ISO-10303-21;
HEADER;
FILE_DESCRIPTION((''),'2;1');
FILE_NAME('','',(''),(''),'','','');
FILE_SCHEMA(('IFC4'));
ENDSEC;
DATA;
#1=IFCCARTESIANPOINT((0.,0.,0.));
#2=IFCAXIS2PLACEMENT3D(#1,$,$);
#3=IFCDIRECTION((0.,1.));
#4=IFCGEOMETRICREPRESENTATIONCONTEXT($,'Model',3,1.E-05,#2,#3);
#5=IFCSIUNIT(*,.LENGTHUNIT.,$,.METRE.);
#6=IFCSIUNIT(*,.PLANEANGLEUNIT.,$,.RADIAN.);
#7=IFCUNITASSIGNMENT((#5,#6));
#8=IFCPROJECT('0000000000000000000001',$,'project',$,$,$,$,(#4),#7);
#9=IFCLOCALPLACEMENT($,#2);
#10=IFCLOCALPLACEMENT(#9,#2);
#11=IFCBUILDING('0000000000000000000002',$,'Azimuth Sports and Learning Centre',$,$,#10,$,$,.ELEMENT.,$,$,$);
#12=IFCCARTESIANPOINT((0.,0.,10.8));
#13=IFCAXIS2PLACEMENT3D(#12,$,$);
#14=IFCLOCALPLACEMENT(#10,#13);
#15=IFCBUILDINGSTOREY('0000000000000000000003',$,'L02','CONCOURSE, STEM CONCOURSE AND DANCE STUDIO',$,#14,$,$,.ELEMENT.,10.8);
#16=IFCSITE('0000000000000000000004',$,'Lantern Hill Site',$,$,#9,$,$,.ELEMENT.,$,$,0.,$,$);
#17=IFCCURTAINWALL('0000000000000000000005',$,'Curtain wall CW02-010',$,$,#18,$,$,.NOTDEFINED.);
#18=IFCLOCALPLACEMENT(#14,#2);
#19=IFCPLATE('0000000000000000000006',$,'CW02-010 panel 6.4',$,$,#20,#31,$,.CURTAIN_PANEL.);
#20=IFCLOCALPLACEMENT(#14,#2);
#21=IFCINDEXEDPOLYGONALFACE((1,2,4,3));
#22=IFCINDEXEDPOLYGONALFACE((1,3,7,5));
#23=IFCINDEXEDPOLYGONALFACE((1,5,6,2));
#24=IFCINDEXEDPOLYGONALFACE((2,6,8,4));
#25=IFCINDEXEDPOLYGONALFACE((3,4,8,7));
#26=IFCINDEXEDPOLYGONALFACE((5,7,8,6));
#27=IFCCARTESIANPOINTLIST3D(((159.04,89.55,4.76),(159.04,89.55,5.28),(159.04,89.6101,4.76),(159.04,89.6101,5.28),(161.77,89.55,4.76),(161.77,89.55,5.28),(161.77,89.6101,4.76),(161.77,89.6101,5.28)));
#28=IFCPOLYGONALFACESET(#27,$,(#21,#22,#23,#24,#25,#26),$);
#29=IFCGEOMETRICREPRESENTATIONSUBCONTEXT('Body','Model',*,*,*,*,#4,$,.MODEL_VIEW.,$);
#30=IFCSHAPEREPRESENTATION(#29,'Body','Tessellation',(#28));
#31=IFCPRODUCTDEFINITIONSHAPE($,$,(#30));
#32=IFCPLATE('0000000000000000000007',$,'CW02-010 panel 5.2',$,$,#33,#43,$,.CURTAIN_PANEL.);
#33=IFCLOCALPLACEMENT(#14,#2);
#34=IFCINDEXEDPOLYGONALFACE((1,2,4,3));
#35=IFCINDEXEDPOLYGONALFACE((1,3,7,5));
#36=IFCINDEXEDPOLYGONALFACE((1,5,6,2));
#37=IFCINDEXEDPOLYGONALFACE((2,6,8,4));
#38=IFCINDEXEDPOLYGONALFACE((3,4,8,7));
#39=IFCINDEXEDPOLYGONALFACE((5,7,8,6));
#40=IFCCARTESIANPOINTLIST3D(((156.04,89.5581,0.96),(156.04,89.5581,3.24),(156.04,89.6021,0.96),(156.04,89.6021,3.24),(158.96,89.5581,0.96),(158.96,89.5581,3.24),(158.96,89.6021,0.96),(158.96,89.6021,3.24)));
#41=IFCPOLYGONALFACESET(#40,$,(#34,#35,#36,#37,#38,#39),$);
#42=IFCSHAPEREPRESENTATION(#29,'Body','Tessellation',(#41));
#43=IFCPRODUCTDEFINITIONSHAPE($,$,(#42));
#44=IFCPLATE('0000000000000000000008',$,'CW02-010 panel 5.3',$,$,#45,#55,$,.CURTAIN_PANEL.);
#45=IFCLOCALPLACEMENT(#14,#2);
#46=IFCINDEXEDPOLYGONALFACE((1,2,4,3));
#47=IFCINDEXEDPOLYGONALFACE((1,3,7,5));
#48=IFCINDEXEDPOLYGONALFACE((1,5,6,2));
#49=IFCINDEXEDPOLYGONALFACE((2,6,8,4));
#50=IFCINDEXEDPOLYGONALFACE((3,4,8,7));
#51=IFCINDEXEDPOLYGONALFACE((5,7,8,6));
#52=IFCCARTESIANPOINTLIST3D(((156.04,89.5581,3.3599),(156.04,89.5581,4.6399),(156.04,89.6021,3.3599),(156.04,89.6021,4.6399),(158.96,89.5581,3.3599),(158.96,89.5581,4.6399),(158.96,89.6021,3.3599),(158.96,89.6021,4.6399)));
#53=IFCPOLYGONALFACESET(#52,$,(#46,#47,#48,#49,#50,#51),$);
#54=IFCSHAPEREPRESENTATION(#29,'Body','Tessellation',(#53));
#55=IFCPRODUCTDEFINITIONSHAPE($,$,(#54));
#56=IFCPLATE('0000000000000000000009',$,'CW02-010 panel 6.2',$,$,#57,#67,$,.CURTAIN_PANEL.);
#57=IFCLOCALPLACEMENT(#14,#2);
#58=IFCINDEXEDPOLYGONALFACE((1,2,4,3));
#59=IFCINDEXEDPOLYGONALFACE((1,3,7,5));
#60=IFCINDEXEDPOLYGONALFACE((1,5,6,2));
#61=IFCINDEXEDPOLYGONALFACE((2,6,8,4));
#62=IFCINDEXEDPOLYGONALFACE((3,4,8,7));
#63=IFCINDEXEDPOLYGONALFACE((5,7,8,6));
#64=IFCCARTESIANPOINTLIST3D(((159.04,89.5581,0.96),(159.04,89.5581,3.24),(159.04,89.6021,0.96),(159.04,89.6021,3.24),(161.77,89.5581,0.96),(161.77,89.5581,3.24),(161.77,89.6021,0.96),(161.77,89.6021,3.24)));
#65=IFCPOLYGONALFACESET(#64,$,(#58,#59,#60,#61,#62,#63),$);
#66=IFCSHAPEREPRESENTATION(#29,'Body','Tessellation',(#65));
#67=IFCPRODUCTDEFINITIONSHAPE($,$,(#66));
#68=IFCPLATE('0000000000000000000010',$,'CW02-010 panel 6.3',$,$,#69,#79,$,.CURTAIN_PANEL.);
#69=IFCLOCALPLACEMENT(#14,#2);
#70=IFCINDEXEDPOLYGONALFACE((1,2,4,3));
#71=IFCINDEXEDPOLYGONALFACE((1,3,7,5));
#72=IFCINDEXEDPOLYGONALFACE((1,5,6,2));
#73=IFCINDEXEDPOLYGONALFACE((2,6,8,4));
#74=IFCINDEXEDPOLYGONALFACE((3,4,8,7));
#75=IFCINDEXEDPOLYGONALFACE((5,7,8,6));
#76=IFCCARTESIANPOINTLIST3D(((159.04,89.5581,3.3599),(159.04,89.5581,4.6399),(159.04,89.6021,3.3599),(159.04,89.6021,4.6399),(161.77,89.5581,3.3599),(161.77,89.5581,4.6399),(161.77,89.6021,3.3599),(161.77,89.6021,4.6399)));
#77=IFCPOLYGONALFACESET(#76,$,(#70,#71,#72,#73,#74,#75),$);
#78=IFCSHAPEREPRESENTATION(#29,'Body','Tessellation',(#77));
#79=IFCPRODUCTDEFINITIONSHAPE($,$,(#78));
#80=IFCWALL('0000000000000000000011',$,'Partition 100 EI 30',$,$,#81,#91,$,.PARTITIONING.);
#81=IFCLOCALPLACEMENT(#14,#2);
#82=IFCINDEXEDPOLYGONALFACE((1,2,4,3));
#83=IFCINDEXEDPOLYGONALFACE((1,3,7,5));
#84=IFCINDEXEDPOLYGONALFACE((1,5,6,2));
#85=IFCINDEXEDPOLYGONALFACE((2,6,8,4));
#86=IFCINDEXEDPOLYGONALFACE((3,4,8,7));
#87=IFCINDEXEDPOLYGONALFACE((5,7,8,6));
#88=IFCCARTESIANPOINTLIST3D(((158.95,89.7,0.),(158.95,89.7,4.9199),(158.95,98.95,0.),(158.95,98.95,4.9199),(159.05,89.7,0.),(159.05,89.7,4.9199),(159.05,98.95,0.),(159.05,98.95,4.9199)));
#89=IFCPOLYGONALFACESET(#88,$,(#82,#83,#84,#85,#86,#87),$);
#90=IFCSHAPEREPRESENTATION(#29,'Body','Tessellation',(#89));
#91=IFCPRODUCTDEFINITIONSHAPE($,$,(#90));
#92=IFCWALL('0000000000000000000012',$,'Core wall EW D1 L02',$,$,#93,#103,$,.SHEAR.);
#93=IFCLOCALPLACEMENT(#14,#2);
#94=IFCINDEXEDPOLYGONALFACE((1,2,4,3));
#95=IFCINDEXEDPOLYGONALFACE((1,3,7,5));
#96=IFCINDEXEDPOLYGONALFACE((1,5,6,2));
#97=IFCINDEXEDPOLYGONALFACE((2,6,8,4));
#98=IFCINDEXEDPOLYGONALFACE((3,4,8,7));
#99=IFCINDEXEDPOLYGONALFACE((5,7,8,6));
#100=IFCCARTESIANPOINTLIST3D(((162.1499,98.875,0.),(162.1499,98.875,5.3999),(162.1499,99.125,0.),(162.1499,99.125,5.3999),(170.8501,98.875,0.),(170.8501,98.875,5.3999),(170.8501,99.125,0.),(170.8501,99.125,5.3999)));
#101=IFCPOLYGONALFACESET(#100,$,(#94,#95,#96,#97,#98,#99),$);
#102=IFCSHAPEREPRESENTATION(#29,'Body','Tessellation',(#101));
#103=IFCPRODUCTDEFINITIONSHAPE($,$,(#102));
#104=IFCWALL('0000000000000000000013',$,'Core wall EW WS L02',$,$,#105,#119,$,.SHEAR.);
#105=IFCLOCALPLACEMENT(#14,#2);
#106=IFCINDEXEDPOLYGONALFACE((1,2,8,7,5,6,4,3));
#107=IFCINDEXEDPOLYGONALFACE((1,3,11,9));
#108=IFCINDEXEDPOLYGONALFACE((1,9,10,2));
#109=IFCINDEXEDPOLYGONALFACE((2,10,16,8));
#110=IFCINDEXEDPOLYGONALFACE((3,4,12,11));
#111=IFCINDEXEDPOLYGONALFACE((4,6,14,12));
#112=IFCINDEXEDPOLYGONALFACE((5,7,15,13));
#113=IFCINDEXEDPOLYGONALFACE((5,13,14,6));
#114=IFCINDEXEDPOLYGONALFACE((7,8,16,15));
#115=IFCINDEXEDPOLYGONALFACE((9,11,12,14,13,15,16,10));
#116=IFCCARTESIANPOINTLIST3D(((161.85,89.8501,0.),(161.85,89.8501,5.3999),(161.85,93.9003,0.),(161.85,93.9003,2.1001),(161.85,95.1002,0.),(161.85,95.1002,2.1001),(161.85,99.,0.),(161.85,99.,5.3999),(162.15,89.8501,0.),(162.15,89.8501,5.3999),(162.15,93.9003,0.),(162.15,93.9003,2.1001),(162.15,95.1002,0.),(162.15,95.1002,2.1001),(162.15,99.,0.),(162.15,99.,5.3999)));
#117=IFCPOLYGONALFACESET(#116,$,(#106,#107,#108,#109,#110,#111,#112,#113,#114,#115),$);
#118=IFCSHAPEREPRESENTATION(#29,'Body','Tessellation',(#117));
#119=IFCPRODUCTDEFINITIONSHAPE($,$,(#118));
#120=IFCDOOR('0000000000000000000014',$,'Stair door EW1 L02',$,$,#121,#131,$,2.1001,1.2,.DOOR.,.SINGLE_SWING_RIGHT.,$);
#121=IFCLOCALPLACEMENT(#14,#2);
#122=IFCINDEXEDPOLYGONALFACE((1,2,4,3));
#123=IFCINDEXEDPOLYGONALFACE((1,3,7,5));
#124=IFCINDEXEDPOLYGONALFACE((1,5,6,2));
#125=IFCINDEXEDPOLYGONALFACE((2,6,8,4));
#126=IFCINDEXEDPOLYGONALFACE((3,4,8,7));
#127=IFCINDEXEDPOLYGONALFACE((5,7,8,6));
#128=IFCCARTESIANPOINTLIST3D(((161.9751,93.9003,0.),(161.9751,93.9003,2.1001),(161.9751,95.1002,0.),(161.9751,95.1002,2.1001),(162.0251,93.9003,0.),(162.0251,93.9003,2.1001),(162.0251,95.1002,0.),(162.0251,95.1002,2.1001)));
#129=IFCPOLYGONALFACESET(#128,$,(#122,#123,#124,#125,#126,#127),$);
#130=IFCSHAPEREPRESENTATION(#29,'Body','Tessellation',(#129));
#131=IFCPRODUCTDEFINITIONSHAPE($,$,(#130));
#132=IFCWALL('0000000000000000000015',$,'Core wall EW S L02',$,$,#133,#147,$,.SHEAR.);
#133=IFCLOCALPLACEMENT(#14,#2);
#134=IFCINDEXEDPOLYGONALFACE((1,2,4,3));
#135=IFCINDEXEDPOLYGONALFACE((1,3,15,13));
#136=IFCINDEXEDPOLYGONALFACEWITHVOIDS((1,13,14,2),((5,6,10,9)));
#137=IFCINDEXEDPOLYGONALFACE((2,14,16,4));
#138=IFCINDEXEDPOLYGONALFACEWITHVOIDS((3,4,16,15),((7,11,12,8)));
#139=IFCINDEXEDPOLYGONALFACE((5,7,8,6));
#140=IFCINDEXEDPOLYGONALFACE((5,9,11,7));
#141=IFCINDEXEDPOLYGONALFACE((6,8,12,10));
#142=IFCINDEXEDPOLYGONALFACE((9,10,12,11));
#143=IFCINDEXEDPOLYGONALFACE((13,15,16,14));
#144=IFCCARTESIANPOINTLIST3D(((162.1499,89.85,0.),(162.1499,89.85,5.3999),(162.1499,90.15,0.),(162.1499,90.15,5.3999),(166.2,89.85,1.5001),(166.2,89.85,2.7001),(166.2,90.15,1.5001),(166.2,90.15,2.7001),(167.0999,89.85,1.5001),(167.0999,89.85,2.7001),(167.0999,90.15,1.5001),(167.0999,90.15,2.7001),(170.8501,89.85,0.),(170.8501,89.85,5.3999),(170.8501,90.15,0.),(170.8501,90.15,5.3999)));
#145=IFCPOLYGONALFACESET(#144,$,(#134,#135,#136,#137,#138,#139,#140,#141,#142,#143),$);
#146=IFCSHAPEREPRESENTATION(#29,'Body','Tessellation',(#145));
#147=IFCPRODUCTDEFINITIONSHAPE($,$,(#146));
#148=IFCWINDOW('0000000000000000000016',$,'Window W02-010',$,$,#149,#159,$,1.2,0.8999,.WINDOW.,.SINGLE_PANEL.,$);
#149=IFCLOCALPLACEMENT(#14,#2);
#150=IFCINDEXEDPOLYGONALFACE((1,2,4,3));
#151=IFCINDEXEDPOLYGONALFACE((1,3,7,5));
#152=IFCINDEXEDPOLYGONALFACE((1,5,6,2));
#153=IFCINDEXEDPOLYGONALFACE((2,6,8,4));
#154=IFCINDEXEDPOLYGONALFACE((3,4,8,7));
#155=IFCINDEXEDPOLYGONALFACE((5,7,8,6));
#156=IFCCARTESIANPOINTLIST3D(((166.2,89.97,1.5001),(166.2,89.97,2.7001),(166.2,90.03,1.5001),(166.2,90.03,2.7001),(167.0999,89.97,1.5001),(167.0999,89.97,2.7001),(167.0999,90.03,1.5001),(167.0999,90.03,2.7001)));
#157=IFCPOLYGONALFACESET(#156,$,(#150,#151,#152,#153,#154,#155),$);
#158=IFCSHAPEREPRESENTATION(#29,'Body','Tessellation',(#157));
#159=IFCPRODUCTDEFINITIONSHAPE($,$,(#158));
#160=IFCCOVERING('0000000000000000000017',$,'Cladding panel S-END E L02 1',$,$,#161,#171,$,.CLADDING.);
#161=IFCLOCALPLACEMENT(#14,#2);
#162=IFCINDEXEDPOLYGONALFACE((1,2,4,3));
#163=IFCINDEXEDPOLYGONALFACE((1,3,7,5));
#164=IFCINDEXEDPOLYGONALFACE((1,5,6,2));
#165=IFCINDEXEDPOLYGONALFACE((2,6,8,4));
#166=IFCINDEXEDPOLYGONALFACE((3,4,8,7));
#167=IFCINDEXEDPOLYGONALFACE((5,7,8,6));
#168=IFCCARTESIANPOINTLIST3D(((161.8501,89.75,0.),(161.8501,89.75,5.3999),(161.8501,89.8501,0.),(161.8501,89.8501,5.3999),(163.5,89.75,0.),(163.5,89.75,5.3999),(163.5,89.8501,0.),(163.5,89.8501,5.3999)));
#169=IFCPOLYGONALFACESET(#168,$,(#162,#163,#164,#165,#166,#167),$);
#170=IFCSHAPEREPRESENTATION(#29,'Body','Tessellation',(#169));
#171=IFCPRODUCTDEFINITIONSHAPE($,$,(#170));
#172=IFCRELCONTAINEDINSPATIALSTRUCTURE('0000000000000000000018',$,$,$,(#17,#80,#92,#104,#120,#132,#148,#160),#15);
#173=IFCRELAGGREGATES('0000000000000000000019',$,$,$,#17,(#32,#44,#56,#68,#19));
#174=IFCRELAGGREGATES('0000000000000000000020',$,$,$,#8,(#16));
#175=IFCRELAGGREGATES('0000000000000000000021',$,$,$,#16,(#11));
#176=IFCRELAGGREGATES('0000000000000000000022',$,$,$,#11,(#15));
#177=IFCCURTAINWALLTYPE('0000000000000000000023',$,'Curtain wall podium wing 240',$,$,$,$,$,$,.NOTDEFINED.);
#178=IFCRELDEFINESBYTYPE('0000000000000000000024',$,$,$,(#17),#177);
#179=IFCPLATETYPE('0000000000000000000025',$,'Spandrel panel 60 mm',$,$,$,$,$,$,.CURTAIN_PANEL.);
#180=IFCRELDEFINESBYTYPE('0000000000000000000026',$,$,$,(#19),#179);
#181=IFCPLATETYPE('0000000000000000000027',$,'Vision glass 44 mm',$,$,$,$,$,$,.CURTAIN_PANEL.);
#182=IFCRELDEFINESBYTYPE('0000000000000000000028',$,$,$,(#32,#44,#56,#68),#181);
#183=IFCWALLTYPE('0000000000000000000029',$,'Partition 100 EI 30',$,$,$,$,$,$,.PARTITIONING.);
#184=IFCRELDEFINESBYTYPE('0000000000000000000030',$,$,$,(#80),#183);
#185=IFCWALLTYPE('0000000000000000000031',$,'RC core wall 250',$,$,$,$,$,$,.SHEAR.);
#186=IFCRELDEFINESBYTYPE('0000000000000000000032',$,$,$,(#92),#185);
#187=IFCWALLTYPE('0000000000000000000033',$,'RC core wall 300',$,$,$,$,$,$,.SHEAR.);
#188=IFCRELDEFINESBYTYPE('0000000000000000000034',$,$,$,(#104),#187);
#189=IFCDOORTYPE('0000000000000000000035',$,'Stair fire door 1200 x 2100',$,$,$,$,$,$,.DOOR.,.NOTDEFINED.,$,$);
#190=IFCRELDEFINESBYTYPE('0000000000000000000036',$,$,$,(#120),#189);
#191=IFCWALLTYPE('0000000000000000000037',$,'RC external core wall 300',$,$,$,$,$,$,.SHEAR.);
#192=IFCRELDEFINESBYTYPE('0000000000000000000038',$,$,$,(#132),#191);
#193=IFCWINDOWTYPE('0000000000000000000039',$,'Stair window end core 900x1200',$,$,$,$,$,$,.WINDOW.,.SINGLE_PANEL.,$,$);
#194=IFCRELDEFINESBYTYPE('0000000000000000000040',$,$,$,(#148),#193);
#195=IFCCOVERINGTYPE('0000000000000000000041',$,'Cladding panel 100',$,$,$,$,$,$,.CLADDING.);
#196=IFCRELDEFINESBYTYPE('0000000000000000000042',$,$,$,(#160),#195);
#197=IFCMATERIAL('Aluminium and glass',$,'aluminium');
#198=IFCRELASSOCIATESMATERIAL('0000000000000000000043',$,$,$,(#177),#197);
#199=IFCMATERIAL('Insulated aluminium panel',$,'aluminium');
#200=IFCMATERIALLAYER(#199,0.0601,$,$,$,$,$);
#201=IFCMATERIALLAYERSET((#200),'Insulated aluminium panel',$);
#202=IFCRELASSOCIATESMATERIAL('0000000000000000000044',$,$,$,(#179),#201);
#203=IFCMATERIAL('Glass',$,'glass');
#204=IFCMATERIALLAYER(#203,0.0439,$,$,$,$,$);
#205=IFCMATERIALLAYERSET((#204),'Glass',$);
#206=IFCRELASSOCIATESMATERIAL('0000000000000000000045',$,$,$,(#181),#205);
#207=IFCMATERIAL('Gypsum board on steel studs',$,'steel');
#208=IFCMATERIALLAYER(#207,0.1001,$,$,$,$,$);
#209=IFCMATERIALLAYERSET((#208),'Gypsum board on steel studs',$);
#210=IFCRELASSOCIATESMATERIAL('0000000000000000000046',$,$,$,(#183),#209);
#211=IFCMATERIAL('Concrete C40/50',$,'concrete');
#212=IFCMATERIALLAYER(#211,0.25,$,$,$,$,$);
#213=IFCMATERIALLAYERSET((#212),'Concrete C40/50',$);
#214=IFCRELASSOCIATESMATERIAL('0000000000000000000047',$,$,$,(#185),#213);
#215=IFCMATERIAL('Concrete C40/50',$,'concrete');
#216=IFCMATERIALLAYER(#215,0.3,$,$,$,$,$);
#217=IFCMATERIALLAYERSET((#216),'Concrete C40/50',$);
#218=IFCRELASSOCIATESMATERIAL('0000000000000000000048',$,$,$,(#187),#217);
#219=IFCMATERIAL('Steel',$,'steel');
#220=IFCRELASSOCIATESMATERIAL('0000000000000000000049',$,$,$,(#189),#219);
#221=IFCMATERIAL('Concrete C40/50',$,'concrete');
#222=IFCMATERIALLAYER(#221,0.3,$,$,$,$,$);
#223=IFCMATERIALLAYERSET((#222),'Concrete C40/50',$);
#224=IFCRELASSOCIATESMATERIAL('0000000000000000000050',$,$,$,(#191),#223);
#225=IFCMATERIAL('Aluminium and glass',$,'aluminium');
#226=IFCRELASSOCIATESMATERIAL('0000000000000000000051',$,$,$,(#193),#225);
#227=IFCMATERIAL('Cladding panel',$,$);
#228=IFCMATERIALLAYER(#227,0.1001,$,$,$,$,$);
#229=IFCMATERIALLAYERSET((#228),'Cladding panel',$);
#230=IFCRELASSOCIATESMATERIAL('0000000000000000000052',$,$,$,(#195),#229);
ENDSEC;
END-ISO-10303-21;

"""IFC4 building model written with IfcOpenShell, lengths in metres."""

from ifc_helpers import new_model, si_unit, direction, frame, frame_2d, origin, origin_2d, place, context, subcontext, project, spatial, rectangle, extrude, material, layer, layer_set, type_object, element, fill, aggregate, save


model = new_model("IFC4")

# Units and contexts
model_context = context("Model", 3, precision=1e-05, world=origin(), true_north=direction((0.0, 1.0)))
body_context = subcontext(model_context, "Body", "Model", "MODEL_VIEW")
ifc_project = project(units=[si_unit("LENGTHUNIT", "METRE"), si_unit("PLANEANGLEUNIT", "RADIAN")], contexts=[model_context])

# Site, building, storey
site_placement = place(None, origin())
site = spatial("IfcSite", under=ifc_project, at=site_placement, Name="Lantern Hill Site", CompositionType="ELEMENT", RefElevation=0.0)
building_placement = place(site_placement, origin())
building = spatial("IfcBuilding", under=site, at=building_placement, Name="Azimuth Sports and Learning Centre", CompositionType="ELEMENT")
storey_placement = place(building_placement, frame((0.0, 0.0, 10.8)))
storey = spatial("IfcBuildingStorey", under=building, at=storey_placement, Name="L02", Description="CONCOURSE, STEM CONCOURSE AND DANCE STUDIO", CompositionType="ELEMENT", Elevation=10.8)

# Curtain wall, plates
ifc_material_1 = material(Name="Aluminium and glass", Category="aluminium")
curtain_wall_type = type_object("IfcCurtainWallType", Name="Curtain wall podium wing 240", PredefinedType="NOTDEFINED", material=ifc_material_1)
curtain_wall_placement = place(storey_placement, origin())
curtain_wall = element("IfcCurtainWall", 1, at=curtain_wall_placement, inside=storey, type_object=curtain_wall_type, Name="Curtain wall CW02-010", PredefinedType="NOTDEFINED")
ifc_material_2 = material(Name="Insulated aluminium panel", Category="aluminium")
ifc_layer_1 = layer(ifc_material_2, 0.0601)
ifc_layer_set_1 = layer_set([ifc_layer_1], Name="Insulated aluminium panel")
plate_type_1 = type_object("IfcPlateType", Name="Spandrel panel 60 mm", PredefinedType="CURTAIN_PANEL", material=ifc_layer_set_1)
plate_1_placement = place(storey_placement, frame((160.405, 89.5801, 4.76), z_axis=(0.0, 0.0, 1.0), x_axis=(1.0, 0.0, 0.0)))
plate_1 = element("IfcPlate", 2, at=plate_1_placement, type_object=plate_type_1, Name="CW02-010 panel 6.4", PredefinedType="CURTAIN_PANEL", context=body_context, shape_type="SweptSolid", body=[
    extrude(rectangle(XDim=2.73, YDim=0.0601, at=origin_2d()), origin(), (0.0, 0.0, 1.0), 0.52),
])
ifc_material_3 = material(Name="Glass", Category="glass")
ifc_layer_2 = layer(ifc_material_3, 0.0439)
ifc_layer_set_2 = layer_set([ifc_layer_2], Name="Glass")
plate_type_2 = type_object("IfcPlateType", Name="Vision glass 44 mm", PredefinedType="CURTAIN_PANEL", material=ifc_layer_set_2)
plate_2_placement = place(storey_placement, frame((157.5, 89.5801, 0.96), z_axis=(0.0, 0.0, 1.0), x_axis=(1.0, 0.0, 0.0)))
plate_2 = element("IfcPlate", 3, at=plate_2_placement, type_object=plate_type_2, Name="CW02-010 panel 5.2", PredefinedType="CURTAIN_PANEL", context=body_context, shape_type="SweptSolid", body=[
    extrude(rectangle(XDim=2.9199, YDim=0.0439, at=origin_2d()), origin(), (0.0, 0.0, 1.0), 2.28),
])
plate_3_placement = place(storey_placement, frame((157.5, 89.5801, 3.3599), z_axis=(0.0, 0.0, 1.0), x_axis=(1.0, 0.0, 0.0)))
plate_3 = element("IfcPlate", 4, at=plate_3_placement, type_object=plate_type_2, Name="CW02-010 panel 5.3", PredefinedType="CURTAIN_PANEL", context=body_context, shape_type="SweptSolid", body=[
    extrude(rectangle(XDim=2.9199, YDim=0.0439, at=origin_2d()), origin(), (0.0, 0.0, 1.0), 1.28),
])
plate_4_placement = place(storey_placement, frame((160.405, 89.5801, 0.96), z_axis=(0.0, 0.0, 1.0), x_axis=(1.0, 0.0, 0.0)))
plate_4 = element("IfcPlate", 5, at=plate_4_placement, type_object=plate_type_2, Name="CW02-010 panel 6.2", PredefinedType="CURTAIN_PANEL", context=body_context, shape_type="SweptSolid", body=[
    extrude(rectangle(XDim=2.73, YDim=0.0439, at=origin_2d()), origin(), (0.0, 0.0, 1.0), 2.28),
])
plate_5_placement = place(storey_placement, frame((160.405, 89.5801, 3.3599), z_axis=(0.0, 0.0, 1.0), x_axis=(1.0, 0.0, 0.0)))
plate_5 = element("IfcPlate", 6, at=plate_5_placement, type_object=plate_type_2, Name="CW02-010 panel 6.3", PredefinedType="CURTAIN_PANEL", context=body_context, shape_type="SweptSolid", body=[
    extrude(rectangle(XDim=2.73, YDim=0.0439, at=origin_2d()), origin(), (0.0, 0.0, 1.0), 1.28),
])
aggregate(curtain_wall, [plate_2, plate_3, plate_4, plate_5, plate_1])

# Walls
ifc_material_4 = material(Name="Gypsum board on steel studs", Category="steel")
ifc_layer_3 = layer(ifc_material_4, 0.1001)
ifc_layer_set_3 = layer_set([ifc_layer_3], Name="Gypsum board on steel studs")
wall_type_1 = type_object("IfcWallType", Name="Partition 100 EI 30", PredefinedType="PARTITIONING", material=ifc_layer_set_3)
wall_1_placement = place(storey_placement, frame((159.0, 89.7, 0.0), z_axis=(0.0, 0.0, 1.0), x_axis=(0.0, 1.0, 0.0)))
element("IfcWall", 7, at=wall_1_placement, inside=storey, type_object=wall_type_1, Name="Partition 100 EI 30", PredefinedType="PARTITIONING", context=body_context, shape_type="SweptSolid", body=[
    extrude(rectangle(XDim=9.25, YDim=0.1001, at=frame_2d((4.625, 0.0))), origin(), (0.0, 0.0, 1.0), 4.9199),
])
ifc_material_5 = material(Name="Concrete C40/50", Category="concrete")
ifc_layer_4 = layer(ifc_material_5, 0.25)
ifc_layer_set_4 = layer_set([ifc_layer_4], Name="Concrete C40/50")
wall_type_2 = type_object("IfcWallType", Name="RC core wall 250", PredefinedType="SHEAR", material=ifc_layer_set_4)
wall_2_placement = place(storey_placement, frame((162.1499, 99.0, 0.0), z_axis=(0.0, 0.0, 1.0), x_axis=(1.0, 0.0, 0.0)))
element("IfcWall", 8, at=wall_2_placement, inside=storey, type_object=wall_type_2, Name="Core wall EW D1 L02", PredefinedType="SHEAR", context=body_context, shape_type="SweptSolid", body=[
    extrude(rectangle(XDim=8.7002, YDim=0.25, at=frame_2d((4.3501, 0.0))), origin(), (0.0, 0.0, 1.0), 5.3999),
])

# Wall, opening, door
ifc_material_6 = material(Name="Concrete C40/50", Category="concrete")
ifc_layer_5 = layer(ifc_material_6, 0.3)
ifc_layer_set_5 = layer_set([ifc_layer_5], Name="Concrete C40/50")
wall_type_3 = type_object("IfcWallType", Name="RC core wall 300", PredefinedType="SHEAR", material=ifc_layer_set_5)
wall_3_placement = place(storey_placement, frame((162.0, 89.8501, 0.0), z_axis=(0.0, 0.0, 1.0), x_axis=(0.0, 1.0, 0.0)))
wall_3 = element("IfcWall", 9, at=wall_3_placement, inside=storey, type_object=wall_type_3, Name="Core wall EW WS L02", PredefinedType="SHEAR", context=body_context, shape_type="SweptSolid", body=[
    extrude(rectangle(XDim=9.1499, YDim=0.3, at=frame_2d((4.575, 0.0))), origin(), (0.0, 0.0, 1.0), 5.3999),
])
opening_1_placement = place(wall_3_placement, frame((4.05, 0.0, 0.0)))
opening_1 = element("IfcOpeningElement", 10, at=opening_1_placement, cuts=wall_3, PredefinedType="OPENING", context=body_context, shape_type="SweptSolid", body=[
    extrude(rectangle(XDim=1.2, YDim=2.1001, at=frame_2d((0.6001, 1.05))), frame((0.0, 0.1611, 0.0), z_axis=(0.0, -1.0, 0.0), x_axis=(1.0, 0.0, 0.0)), (0.0, 0.0, 1.0), 0.322),
])
ifc_material_7 = material(Name="Steel", Category="steel")
door_type = type_object("IfcDoorType", Name="Stair fire door 1200 x 2100", OperationType="NOTDEFINED", PredefinedType="DOOR", material=ifc_material_7)
door_placement = place(opening_1_placement, origin())
door = element("IfcDoor", 11, at=door_placement, inside=storey, type_object=door_type, Name="Stair door EW1 L02", OperationType="SINGLE_SWING_RIGHT", OverallHeight=2.1001, OverallWidth=1.2, PredefinedType="DOOR", context=body_context, shape_type="SweptSolid", body=[
    extrude(rectangle(XDim=1.2, YDim=2.1001, at=frame_2d((0.6001, 1.05))), frame((0.0, 0.0249, 0.0), z_axis=(0.0, -1.0, 0.0), x_axis=(1.0, 0.0, 0.0)), (0.0, 0.0, 1.0), 0.05),
])
fill(opening_1, door)

# Wall, opening, window
ifc_material_8 = material(Name="Concrete C40/50", Category="concrete")
ifc_layer_6 = layer(ifc_material_8, 0.3)
ifc_layer_set_6 = layer_set([ifc_layer_6], Name="Concrete C40/50")
wall_type_4 = type_object("IfcWallType", Name="RC external core wall 300", PredefinedType="SHEAR", material=ifc_layer_set_6)
wall_4_placement = place(storey_placement, frame((162.1499, 90.0, 0.0), z_axis=(0.0, 0.0, 1.0), x_axis=(1.0, 0.0, 0.0)))
wall_4 = element("IfcWall", 12, at=wall_4_placement, inside=storey, type_object=wall_type_4, Name="Core wall EW S L02", PredefinedType="SHEAR", context=body_context, shape_type="SweptSolid", body=[
    extrude(rectangle(XDim=8.7002, YDim=0.3, at=frame_2d((4.3501, 0.0))), origin(), (0.0, 0.0, 1.0), 5.3999),
])
opening_2_placement = place(wall_4_placement, frame((4.05, 0.0, 1.5)))
opening_2 = element("IfcOpeningElement", 13, at=opening_2_placement, cuts=wall_4, PredefinedType="OPENING", context=body_context, shape_type="SweptSolid", body=[
    extrude(rectangle(XDim=0.8999, YDim=1.2, at=frame_2d((0.45, 0.6001))), frame((0.0, 0.1611, 0.0), z_axis=(0.0, -1.0, 0.0), x_axis=(1.0, 0.0, 0.0)), (0.0, 0.0, 1.0), 0.322),
])
ifc_material_9 = material(Name="Aluminium and glass", Category="aluminium")
window_type = type_object("IfcWindowType", Name="Stair window end core 900x1200", PartitioningType="SINGLE_PANEL", PredefinedType="WINDOW", material=ifc_material_9)
window_placement = place(opening_2_placement, origin())
window = element("IfcWindow", 14, at=window_placement, inside=storey, type_object=window_type, Name="Window W02-010", OverallHeight=1.2, OverallWidth=0.8999, PartitioningType="SINGLE_PANEL", PredefinedType="WINDOW", context=body_context, shape_type="SweptSolid", body=[
    extrude(rectangle(XDim=0.8999, YDim=1.2, at=frame_2d((0.45, 0.6001))), frame((0.0, 0.03, 0.0), z_axis=(0.0, -1.0, 0.0), x_axis=(1.0, 0.0, 0.0)), (0.0, 0.0, 1.0), 0.0601),
])
fill(opening_2, window)

# Covering
ifc_material_10 = material(Name="Cladding panel")
ifc_layer_7 = layer(ifc_material_10, 0.1001)
ifc_layer_set_7 = layer_set([ifc_layer_7], Name="Cladding panel")
covering_type = type_object("IfcCoveringType", Name="Cladding panel 100", PredefinedType="CLADDING", material=ifc_layer_set_7)
covering_placement = place(storey_placement, frame((162.675, 89.8, 0.0), z_axis=(0.0, 0.0, 1.0), x_axis=(1.0, 0.0, 0.0)))
element("IfcCovering", 15, at=covering_placement, inside=storey, type_object=covering_type, Name="Cladding panel S-END E L02 1", PredefinedType="CLADDING", context=body_context, shape_type="SweptSolid", body=[
    extrude(rectangle(XDim=1.6499, YDim=0.1001, at=origin_2d()), origin(), (0.0, 0.0, 1.0), 5.3999),
])

save(model, "model.ifc")
